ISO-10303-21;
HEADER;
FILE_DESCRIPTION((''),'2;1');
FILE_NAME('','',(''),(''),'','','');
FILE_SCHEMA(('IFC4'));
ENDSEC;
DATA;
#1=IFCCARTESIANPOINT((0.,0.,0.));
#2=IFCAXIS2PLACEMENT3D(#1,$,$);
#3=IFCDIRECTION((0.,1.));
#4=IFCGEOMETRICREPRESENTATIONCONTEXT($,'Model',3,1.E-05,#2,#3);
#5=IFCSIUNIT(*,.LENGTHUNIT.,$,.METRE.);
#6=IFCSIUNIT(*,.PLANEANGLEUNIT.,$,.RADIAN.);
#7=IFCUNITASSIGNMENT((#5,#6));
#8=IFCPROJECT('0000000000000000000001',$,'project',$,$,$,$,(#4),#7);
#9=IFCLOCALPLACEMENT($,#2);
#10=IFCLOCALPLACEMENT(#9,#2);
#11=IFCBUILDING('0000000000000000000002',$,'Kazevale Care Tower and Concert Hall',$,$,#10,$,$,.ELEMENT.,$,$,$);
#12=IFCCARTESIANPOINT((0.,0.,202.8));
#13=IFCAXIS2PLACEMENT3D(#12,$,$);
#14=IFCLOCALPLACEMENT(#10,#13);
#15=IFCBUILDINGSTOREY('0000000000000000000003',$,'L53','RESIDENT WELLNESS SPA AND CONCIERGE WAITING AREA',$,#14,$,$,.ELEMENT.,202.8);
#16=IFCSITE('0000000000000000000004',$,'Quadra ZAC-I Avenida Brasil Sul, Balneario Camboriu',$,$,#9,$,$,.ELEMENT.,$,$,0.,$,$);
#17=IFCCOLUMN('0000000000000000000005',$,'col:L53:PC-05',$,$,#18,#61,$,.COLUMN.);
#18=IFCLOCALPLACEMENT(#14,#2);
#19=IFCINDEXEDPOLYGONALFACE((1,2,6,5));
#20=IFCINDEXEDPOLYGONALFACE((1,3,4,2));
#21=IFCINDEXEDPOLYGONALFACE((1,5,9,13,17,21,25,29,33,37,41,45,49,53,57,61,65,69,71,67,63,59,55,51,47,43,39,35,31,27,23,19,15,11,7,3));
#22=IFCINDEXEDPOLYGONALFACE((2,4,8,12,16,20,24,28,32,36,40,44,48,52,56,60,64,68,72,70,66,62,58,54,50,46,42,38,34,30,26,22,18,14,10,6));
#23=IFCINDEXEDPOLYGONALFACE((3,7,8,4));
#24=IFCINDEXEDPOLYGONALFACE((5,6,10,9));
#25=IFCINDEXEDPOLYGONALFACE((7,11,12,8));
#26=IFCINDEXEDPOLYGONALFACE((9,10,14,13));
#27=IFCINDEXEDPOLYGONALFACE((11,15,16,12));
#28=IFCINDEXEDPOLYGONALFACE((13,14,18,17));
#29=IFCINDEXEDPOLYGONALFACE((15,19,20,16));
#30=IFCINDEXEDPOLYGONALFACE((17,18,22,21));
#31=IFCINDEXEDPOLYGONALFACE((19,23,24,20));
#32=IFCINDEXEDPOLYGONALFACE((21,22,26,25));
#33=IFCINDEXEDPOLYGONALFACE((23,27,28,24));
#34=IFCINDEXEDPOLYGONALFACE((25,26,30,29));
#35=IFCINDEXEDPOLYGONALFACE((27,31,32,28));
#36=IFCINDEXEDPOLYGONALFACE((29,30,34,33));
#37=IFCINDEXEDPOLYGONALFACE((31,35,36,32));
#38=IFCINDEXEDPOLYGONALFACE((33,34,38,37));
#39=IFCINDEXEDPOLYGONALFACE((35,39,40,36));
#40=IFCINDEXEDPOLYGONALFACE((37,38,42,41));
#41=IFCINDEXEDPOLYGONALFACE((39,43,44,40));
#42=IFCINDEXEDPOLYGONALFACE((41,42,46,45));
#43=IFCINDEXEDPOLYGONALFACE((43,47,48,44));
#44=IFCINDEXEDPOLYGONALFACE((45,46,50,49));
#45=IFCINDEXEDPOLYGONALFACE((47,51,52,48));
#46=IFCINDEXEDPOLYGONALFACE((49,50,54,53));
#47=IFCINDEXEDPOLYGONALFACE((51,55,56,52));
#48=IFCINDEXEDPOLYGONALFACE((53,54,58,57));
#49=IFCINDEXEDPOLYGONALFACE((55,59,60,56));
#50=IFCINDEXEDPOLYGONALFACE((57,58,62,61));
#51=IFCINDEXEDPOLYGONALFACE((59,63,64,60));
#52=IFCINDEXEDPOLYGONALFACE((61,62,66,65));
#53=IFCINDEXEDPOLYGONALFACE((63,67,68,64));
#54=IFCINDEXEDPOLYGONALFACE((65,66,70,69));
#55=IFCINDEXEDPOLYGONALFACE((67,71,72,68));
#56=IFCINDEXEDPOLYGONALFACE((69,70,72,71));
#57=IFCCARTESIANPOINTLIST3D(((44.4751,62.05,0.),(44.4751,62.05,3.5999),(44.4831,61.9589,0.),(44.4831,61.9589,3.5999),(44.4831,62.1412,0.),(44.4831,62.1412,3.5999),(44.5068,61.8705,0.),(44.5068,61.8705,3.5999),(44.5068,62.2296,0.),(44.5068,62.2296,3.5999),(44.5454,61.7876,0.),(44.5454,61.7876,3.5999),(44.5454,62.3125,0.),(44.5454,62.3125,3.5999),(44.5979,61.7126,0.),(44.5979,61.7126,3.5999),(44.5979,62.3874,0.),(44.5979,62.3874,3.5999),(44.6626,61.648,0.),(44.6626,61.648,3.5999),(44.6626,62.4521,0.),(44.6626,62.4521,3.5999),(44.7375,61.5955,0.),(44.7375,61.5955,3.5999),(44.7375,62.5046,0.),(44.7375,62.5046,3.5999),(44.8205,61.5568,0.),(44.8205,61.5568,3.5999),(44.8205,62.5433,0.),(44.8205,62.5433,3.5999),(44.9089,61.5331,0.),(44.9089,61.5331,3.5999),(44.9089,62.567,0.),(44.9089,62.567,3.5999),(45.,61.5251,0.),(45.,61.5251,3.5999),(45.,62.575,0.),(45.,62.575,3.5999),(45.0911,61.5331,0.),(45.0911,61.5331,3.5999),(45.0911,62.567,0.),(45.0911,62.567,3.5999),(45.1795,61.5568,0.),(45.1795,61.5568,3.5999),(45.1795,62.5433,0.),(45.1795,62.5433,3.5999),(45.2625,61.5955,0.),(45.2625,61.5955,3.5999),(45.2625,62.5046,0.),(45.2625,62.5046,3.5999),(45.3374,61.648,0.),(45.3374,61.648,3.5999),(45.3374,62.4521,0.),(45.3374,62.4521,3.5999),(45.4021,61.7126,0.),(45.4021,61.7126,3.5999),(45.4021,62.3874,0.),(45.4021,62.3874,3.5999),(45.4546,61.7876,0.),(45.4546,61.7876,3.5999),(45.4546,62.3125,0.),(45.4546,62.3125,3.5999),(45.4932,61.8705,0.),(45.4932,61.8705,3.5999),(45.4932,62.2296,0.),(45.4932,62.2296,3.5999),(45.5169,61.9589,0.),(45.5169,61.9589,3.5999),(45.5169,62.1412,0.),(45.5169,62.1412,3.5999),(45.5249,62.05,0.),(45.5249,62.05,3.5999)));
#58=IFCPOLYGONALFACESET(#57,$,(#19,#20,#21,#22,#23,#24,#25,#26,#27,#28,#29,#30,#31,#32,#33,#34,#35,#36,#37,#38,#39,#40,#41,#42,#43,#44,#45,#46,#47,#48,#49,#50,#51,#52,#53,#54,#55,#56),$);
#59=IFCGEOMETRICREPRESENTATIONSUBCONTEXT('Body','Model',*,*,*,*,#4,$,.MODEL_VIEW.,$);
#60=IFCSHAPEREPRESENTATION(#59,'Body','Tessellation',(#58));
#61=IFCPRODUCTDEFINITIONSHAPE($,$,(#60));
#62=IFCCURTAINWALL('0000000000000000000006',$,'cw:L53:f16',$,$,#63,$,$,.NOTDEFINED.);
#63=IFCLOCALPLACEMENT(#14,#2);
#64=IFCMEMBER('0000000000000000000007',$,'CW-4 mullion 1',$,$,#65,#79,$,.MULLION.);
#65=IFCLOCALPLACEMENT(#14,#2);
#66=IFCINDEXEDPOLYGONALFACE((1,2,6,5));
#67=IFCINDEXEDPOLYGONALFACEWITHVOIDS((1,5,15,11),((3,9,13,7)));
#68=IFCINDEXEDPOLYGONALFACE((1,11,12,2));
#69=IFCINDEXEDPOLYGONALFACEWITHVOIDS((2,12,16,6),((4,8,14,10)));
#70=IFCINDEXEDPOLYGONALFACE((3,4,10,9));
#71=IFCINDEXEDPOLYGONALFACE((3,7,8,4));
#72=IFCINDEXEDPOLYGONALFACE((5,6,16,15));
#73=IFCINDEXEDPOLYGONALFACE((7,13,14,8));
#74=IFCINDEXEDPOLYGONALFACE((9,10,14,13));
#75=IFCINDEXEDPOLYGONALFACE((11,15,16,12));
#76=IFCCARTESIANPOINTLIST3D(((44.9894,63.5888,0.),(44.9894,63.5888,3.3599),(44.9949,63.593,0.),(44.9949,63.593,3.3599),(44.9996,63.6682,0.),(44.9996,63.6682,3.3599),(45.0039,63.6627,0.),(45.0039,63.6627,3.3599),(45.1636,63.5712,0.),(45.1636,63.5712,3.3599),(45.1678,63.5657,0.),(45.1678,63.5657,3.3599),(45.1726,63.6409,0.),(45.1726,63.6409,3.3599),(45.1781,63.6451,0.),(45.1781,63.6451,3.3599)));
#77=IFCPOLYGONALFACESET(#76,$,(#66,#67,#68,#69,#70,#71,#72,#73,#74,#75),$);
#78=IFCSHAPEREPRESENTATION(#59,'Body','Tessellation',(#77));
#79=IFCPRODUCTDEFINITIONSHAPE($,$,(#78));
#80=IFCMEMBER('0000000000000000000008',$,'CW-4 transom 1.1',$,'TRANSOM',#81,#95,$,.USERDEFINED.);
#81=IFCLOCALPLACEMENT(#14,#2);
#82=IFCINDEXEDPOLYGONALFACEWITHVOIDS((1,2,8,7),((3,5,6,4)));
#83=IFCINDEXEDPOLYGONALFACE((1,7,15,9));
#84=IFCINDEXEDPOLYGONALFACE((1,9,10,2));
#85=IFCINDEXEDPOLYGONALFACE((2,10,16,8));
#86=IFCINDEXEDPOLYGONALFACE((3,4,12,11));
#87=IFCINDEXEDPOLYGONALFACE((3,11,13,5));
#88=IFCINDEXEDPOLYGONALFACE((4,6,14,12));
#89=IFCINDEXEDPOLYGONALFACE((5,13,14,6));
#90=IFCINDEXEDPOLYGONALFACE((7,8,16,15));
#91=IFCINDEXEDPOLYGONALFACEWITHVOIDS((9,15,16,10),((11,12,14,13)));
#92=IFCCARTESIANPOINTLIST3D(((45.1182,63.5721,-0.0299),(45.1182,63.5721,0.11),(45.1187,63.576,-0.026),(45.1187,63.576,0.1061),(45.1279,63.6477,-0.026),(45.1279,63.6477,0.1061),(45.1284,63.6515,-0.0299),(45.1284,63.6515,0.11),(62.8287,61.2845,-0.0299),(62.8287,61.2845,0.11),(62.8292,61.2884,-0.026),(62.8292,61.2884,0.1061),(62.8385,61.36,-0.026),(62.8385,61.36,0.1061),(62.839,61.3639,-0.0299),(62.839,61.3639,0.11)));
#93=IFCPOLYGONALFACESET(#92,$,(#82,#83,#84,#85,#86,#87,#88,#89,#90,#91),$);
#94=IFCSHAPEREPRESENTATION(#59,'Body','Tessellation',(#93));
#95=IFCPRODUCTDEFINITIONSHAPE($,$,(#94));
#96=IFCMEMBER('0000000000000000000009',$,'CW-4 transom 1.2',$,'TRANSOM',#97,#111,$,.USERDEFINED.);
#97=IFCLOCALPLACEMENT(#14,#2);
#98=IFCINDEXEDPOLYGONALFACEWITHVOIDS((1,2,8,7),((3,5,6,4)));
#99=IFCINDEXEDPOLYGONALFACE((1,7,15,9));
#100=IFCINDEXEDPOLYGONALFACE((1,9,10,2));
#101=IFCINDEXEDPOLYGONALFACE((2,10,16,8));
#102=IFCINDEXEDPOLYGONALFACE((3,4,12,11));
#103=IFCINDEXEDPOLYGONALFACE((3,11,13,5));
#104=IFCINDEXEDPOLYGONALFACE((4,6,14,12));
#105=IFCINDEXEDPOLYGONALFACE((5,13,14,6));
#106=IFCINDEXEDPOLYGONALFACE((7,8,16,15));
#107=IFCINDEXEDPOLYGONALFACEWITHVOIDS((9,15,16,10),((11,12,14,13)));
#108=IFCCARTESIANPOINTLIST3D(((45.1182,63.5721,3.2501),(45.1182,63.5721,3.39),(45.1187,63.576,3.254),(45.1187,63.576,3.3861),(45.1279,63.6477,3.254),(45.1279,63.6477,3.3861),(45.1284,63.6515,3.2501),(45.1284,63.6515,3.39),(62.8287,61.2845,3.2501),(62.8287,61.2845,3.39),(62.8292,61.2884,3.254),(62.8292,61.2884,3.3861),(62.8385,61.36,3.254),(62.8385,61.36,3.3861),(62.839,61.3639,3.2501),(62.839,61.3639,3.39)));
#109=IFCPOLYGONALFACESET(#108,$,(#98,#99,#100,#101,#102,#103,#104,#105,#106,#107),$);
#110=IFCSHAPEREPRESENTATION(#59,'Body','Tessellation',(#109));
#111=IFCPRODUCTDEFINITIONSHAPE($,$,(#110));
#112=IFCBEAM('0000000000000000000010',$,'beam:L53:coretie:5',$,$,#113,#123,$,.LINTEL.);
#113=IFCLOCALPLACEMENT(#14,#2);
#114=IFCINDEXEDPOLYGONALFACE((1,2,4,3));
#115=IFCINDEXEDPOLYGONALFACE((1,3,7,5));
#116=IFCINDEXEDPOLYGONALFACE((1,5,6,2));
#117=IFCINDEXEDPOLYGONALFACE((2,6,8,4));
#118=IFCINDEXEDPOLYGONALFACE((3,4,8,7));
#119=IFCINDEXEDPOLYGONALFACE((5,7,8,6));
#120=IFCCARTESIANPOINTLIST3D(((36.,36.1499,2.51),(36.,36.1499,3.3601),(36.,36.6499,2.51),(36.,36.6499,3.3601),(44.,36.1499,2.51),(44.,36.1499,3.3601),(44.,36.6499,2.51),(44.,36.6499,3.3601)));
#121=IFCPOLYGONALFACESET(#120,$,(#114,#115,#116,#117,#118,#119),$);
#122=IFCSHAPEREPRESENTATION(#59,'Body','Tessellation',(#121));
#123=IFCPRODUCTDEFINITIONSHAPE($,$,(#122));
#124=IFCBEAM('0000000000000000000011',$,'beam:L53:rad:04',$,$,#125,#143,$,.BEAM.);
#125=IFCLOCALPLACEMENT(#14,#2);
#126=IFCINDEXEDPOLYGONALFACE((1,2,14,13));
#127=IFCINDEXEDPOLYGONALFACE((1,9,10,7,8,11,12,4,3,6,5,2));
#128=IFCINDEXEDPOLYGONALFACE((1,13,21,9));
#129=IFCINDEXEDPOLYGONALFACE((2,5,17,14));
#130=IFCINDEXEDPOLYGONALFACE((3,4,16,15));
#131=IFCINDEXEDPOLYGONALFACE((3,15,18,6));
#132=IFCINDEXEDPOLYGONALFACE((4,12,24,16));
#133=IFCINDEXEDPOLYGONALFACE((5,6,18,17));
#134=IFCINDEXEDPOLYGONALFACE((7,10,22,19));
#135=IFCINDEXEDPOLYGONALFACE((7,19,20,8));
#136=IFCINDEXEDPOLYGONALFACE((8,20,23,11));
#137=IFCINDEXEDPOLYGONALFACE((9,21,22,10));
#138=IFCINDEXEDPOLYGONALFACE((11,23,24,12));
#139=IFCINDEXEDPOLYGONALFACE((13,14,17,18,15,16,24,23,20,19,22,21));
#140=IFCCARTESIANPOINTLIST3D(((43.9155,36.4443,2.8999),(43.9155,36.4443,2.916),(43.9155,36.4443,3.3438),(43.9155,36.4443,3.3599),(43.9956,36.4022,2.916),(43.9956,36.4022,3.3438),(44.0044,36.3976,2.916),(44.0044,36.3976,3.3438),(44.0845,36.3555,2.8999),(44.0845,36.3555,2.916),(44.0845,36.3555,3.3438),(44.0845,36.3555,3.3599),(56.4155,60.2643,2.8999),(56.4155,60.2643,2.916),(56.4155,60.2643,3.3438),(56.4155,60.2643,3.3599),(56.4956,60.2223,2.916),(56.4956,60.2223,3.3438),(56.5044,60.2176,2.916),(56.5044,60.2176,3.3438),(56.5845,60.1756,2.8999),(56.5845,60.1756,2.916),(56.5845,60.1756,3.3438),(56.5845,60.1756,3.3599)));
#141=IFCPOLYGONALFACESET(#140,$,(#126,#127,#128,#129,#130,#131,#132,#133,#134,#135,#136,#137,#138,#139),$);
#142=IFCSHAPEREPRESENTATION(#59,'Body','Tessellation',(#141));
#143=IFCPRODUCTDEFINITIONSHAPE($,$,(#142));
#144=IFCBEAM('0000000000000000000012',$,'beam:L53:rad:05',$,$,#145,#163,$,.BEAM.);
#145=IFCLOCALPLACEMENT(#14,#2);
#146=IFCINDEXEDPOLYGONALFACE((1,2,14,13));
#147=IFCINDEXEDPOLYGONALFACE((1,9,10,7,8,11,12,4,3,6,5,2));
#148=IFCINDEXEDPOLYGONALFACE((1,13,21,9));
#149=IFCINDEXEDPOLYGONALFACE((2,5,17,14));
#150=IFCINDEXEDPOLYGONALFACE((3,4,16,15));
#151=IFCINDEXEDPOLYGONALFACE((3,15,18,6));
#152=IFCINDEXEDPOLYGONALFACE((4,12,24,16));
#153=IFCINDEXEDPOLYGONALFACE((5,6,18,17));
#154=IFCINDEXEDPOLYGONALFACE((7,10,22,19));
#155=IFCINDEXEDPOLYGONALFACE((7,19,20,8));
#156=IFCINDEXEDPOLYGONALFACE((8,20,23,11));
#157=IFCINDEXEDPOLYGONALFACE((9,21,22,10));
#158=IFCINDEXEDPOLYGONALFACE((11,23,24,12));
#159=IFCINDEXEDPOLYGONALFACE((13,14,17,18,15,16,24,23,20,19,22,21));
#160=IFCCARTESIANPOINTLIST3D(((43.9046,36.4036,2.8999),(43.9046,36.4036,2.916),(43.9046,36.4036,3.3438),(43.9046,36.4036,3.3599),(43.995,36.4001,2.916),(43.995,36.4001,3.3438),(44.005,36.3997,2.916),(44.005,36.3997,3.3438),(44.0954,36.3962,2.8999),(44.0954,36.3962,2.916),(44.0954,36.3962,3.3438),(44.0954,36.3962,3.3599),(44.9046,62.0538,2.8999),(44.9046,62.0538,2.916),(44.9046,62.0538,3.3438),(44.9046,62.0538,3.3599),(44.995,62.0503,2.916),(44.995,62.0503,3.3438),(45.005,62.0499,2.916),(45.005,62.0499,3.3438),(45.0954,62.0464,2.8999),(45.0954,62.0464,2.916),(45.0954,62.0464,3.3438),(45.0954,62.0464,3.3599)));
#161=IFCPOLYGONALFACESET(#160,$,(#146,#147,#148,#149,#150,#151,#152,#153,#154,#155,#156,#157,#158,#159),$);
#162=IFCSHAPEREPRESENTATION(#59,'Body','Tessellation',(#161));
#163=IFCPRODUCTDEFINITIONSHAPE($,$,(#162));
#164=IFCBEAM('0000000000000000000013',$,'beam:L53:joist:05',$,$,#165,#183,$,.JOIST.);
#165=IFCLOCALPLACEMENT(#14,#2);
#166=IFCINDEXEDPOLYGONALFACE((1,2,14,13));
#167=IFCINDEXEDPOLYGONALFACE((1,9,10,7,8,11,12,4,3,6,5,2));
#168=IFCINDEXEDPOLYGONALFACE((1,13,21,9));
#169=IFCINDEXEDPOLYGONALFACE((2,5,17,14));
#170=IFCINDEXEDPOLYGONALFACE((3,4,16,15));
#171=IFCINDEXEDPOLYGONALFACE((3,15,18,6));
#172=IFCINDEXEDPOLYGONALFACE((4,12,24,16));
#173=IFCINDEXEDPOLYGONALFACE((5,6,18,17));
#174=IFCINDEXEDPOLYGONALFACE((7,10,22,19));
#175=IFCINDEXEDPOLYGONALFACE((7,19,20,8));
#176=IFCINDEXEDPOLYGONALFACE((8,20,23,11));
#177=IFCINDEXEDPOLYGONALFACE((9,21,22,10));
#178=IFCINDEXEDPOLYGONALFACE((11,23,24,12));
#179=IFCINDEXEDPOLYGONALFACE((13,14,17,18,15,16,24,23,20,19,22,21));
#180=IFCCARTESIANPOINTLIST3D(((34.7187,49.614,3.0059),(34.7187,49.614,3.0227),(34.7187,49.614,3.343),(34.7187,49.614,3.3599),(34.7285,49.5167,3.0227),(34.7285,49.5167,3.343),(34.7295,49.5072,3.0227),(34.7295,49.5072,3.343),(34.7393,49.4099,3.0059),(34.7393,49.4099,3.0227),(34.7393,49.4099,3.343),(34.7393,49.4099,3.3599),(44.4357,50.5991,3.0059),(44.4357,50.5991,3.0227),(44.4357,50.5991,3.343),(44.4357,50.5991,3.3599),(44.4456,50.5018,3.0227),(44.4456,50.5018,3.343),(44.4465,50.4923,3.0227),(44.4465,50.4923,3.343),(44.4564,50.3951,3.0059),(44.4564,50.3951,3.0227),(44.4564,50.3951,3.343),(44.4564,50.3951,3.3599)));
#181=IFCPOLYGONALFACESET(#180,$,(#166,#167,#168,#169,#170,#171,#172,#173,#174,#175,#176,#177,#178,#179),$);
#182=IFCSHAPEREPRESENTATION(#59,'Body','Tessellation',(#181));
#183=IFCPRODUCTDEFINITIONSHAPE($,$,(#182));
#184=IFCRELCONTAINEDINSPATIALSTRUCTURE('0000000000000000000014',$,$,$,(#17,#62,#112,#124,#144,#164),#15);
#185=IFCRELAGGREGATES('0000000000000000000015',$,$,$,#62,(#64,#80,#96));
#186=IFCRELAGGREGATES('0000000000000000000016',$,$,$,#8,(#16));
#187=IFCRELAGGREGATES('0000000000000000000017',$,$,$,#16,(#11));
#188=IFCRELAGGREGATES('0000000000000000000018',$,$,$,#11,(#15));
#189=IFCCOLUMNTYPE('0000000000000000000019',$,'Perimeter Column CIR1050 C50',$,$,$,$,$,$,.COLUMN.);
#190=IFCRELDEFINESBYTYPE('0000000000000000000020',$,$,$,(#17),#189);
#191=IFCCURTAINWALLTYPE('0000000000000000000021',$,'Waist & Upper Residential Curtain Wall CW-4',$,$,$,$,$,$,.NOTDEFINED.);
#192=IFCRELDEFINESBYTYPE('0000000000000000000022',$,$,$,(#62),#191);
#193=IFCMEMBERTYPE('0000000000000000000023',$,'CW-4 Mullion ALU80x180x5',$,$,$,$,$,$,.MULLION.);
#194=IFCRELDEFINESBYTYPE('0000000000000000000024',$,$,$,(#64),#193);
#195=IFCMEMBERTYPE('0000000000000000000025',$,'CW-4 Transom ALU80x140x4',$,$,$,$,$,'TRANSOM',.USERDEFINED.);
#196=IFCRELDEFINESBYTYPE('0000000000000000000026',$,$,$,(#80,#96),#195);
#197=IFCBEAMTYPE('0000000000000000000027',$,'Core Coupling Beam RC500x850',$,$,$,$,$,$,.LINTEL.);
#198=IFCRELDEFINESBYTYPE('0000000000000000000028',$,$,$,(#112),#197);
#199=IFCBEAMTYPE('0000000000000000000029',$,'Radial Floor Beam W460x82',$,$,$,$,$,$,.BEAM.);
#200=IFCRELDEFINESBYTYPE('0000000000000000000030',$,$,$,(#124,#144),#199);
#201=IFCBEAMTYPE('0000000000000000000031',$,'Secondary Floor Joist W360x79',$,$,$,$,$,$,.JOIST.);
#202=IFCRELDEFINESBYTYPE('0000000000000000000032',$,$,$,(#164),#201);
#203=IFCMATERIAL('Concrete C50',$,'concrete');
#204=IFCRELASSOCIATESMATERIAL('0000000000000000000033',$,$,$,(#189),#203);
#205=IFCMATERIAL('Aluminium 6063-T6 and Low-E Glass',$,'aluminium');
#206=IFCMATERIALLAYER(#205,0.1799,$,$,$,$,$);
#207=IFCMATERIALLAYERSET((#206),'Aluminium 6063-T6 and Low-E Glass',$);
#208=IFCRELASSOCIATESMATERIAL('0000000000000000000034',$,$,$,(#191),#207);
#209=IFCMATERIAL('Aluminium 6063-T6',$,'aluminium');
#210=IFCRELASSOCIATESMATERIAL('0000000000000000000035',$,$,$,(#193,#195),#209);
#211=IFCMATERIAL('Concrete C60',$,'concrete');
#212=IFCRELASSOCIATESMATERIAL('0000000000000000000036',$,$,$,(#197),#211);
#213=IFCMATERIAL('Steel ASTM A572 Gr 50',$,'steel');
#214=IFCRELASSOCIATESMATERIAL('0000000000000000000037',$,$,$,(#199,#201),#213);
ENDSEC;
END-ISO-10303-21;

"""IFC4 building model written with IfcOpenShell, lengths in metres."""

from ifc_helpers import new_model, si_unit, direction, frame, origin, origin_2d, place, context, subcontext, project, spatial, rectangle, hollow_rectangle, circle, i_section, extrude, material, layer, layer_set, material_profile, profile_set, type_object, element, aggregate, save


model = new_model("IFC4")

# Units and contexts
model_context = context("Model", 3, precision=1e-05, world=origin(), true_north=direction((0.0, 1.0)))
body_context = subcontext(model_context, "Body", "Model", "MODEL_VIEW")
ifc_project = project(units=[si_unit("LENGTHUNIT", "METRE"), si_unit("PLANEANGLEUNIT", "RADIAN")], contexts=[model_context])

# Site, building, storey
site_placement = place(None, origin())
site = spatial("IfcSite", under=ifc_project, at=site_placement, Name="Quadra ZAC-I Avenida Brasil Sul, Balneario Camboriu", CompositionType="ELEMENT", RefElevation=0.0)
building_placement = place(site_placement, origin())
building = spatial("IfcBuilding", under=site, at=building_placement, Name="Kazevale Care Tower and Concert Hall", CompositionType="ELEMENT")
storey_placement = place(building_placement, frame((0.0, 0.0, 202.8)))
storey = spatial("IfcBuildingStorey", under=building, at=storey_placement, Name="L53", Description="RESIDENT WELLNESS SPA AND CONCIERGE WAITING AREA", CompositionType="ELEMENT", Elevation=202.8)

# Column
ifc_material_1 = material(Name="Concrete C50", Category="concrete")
ifc_material_profile_1 = material_profile(ifc_material_1, circle(Radius=0.5249, at=origin_2d()), Name="RC-CIR1050")
ifc_profile_set_1 = profile_set([ifc_material_profile_1], Name="Concrete C50")
column_type = type_object("IfcColumnType", Name="Perimeter Column CIR1050 C50", PredefinedType="COLUMN", material=ifc_profile_set_1)
column_placement = place(storey_placement, frame((45.0, 62.05, 0.0), z_axis=(0.0, 0.0, 1.0), x_axis=(1.0, 0.0, 0.0)))
element("IfcColumn", 1, at=column_placement, inside=storey, type_object=column_type, Name="col:L53:PC-05", PredefinedType="COLUMN", context=body_context, shape_type="SweptSolid", body=[
    extrude(circle(Radius=0.5249, at=origin_2d()), origin(), (0.0, 0.0, 1.0), 3.5999),
])

# Curtain wall, members
ifc_material_2 = material(Name="Aluminium 6063-T6 and Low-E Glass", Category="aluminium")
ifc_layer_1 = layer(ifc_material_2, 0.1799)
ifc_layer_set_1 = layer_set([ifc_layer_1], Name="Aluminium 6063-T6 and Low-E Glass")
curtain_wall_type = type_object("IfcCurtainWallType", Name="Waist & Upper Residential Curtain Wall CW-4", PredefinedType="NOTDEFINED", material=ifc_layer_set_1)
curtain_wall_placement = place(storey_placement, origin())
curtain_wall = element("IfcCurtainWall", 2, at=curtain_wall_placement, inside=storey, type_object=curtain_wall_type, Name="cw:L53:f16", PredefinedType="NOTDEFINED")
ifc_material_3 = material(Name="Aluminium 6063-T6", Category="aluminium")
ifc_material_profile_2 = material_profile(ifc_material_3, hollow_rectangle(XDim=0.0801, YDim=0.1799, WallThickness=0.0049, at=origin_2d()), Name="ALU80x180x5")
ifc_profile_set_2 = profile_set([ifc_material_profile_2], Name="Aluminium 6063-T6")
member_type_1 = type_object("IfcMemberType", Name="CW-4 Mullion ALU80x180x5", PredefinedType="MULLION", material=ifc_profile_set_2)
member_1_placement = place(storey_placement, frame((45.0837, 63.6169, 0.0), z_axis=(0.0, 0.0, 1.0), x_axis=(0.128098, 0.991761, 0.0)))
member_1 = element("IfcMember", 3, at=member_1_placement, type_object=member_type_1, Name="CW-4 mullion 1", PredefinedType="MULLION", context=body_context, shape_type="SweptSolid", body=[
    extrude(hollow_rectangle(XDim=0.0801, YDim=0.1799, WallThickness=0.0049, at=origin_2d()), origin(), (0.0, 0.0, 1.0), 3.3599),
])
ifc_material_profile_3 = material_profile(ifc_material_3, hollow_rectangle(XDim=0.0801, YDim=0.1399, WallThickness=0.0039, at=origin_2d()), Name="ALU80x140x4")
ifc_profile_set_3 = profile_set([ifc_material_profile_3], Name="Aluminium 6063-T6")
member_type_2 = type_object("IfcMemberType", Name="CW-4 Transom ALU80x140x4", ElementType="TRANSOM", PredefinedType="USERDEFINED", material=ifc_profile_set_3)
member_2_placement = place(storey_placement, frame((45.1233, 63.6118, 0.04), z_axis=(0.991761, -0.128102, 0.0), x_axis=(0.128102, 0.991761, 0.0)))
member_2 = element("IfcMember", 4, at=member_2_placement, type_object=member_type_2, Name="CW-4 transom 1.1", ObjectType="TRANSOM", PredefinedType="USERDEFINED", context=body_context, shape_type="SweptSolid", body=[
    extrude(hollow_rectangle(XDim=0.0801, YDim=0.1399, WallThickness=0.0039, at=origin_2d()), origin(), (0.0, 0.0, 1.0), 17.8577),
])
member_3_placement = place(storey_placement, frame((45.1233, 63.6118, 3.3201), z_axis=(0.991761, -0.128102, 0.0), x_axis=(0.128102, 0.991761, 0.0)))
member_3 = element("IfcMember", 5, at=member_3_placement, type_object=member_type_2, Name="CW-4 transom 1.2", ObjectType="TRANSOM", PredefinedType="USERDEFINED", context=body_context, shape_type="SweptSolid", body=[
    extrude(hollow_rectangle(XDim=0.0801, YDim=0.1399, WallThickness=0.0039, at=origin_2d()), origin(), (0.0, 0.0, 1.0), 17.8577),
])
aggregate(curtain_wall, [member_1, member_2, member_3])

# Beams
ifc_material_4 = material(Name="Concrete C60", Category="concrete")
ifc_material_profile_4 = material_profile(ifc_material_4, rectangle(XDim=0.5, YDim=0.8501, at=origin_2d()), Name="RC-B500x850")
ifc_profile_set_4 = profile_set([ifc_material_profile_4], Name="Concrete C60")
beam_type_1 = type_object("IfcBeamType", Name="Core Coupling Beam RC500x850", PredefinedType="LINTEL", material=ifc_profile_set_4)
beam_1_placement = place(storey_placement, frame((44.0, 36.3999, 2.9351), z_axis=(-1.0, 0.0, 0.0), x_axis=(0.0, -1.0, 0.0)))
element("IfcBeam", 6, at=beam_1_placement, inside=storey, type_object=beam_type_1, Name="beam:L53:coretie:5", PredefinedType="LINTEL", context=body_context, shape_type="SweptSolid", body=[
    extrude(rectangle(XDim=0.5, YDim=0.8501, at=origin_2d()), origin(), (0.0, 0.0, 1.0), 8.0),
])
ifc_material_5 = material(Name="Steel ASTM A572 Gr 50", Category="steel")
ifc_material_profile_5 = material_profile(ifc_material_5, i_section(OverallWidth=0.1909, OverallDepth=0.46, WebThickness=0.01, FlangeThickness=0.0161, at=origin_2d()), Name="W460x82")
ifc_profile_set_5 = profile_set([ifc_material_profile_5], Name="Steel ASTM A572 Gr 50")
beam_type_2 = type_object("IfcBeamType", Name="Radial Floor Beam W460x82", PredefinedType="BEAM", material=ifc_profile_set_5)
beam_2_placement = place(storey_placement, frame((44.0, 36.3999, 3.1299), z_axis=(0.464673, 0.885483, 0.0), x_axis=(-0.885483, 0.464673, 0.0)))
element("IfcBeam", 7, at=beam_2_placement, inside=storey, type_object=beam_type_2, Name="beam:L53:rad:04", PredefinedType="BEAM", context=body_context, shape_type="SweptSolid", body=[
    extrude(i_section(OverallWidth=0.1909, OverallDepth=0.46, WebThickness=0.01, FlangeThickness=0.0161, at=origin_2d()), origin(), (0.0, 0.0, 1.0), 26.9006),
])
beam_3_placement = place(storey_placement, frame((44.0, 36.3999, 3.1299), z_axis=(0.038957, 0.999241, 0.0), x_axis=(-0.999241, 0.038957, 0.0)))
element("IfcBeam", 8, at=beam_3_placement, inside=storey, type_object=beam_type_2, Name="beam:L53:rad:05", PredefinedType="BEAM", context=body_context, shape_type="SweptSolid", body=[
    extrude(i_section(OverallWidth=0.1909, OverallDepth=0.46, WebThickness=0.01, FlangeThickness=0.0161, at=origin_2d()), origin(), (0.0, 0.0, 1.0), 25.6697),
])
ifc_material_profile_6 = material_profile(ifc_material_5, i_section(OverallWidth=0.2051, OverallDepth=0.354, WebThickness=0.0095, FlangeThickness=0.0168, at=origin_2d()), Name="W360x79")
ifc_profile_set_6 = profile_set([ifc_material_profile_6], Name="Steel ASTM A572 Gr 50")
beam_type_3 = type_object("IfcBeamType", Name="Secondary Floor Joist W360x79", PredefinedType="JOIST", material=ifc_profile_set_6)
beam_4_placement = place(storey_placement, frame((44.446, 50.4971, 3.1829), z_axis=(-0.9949, -0.100862, 0.0), x_axis=(0.100862, -0.9949, 0.0)))
element("IfcBeam", 9, at=beam_4_placement, inside=storey, type_object=beam_type_3, Name="beam:L53:joist:05", PredefinedType="JOIST", context=body_context, shape_type="SweptSolid", body=[
    extrude(i_section(OverallWidth=0.2051, OverallDepth=0.354, WebThickness=0.0095, FlangeThickness=0.0168, at=origin_2d()), origin(), (0.0, 0.0, 1.0), 9.7668),
])

save(model, "model.ifc")
